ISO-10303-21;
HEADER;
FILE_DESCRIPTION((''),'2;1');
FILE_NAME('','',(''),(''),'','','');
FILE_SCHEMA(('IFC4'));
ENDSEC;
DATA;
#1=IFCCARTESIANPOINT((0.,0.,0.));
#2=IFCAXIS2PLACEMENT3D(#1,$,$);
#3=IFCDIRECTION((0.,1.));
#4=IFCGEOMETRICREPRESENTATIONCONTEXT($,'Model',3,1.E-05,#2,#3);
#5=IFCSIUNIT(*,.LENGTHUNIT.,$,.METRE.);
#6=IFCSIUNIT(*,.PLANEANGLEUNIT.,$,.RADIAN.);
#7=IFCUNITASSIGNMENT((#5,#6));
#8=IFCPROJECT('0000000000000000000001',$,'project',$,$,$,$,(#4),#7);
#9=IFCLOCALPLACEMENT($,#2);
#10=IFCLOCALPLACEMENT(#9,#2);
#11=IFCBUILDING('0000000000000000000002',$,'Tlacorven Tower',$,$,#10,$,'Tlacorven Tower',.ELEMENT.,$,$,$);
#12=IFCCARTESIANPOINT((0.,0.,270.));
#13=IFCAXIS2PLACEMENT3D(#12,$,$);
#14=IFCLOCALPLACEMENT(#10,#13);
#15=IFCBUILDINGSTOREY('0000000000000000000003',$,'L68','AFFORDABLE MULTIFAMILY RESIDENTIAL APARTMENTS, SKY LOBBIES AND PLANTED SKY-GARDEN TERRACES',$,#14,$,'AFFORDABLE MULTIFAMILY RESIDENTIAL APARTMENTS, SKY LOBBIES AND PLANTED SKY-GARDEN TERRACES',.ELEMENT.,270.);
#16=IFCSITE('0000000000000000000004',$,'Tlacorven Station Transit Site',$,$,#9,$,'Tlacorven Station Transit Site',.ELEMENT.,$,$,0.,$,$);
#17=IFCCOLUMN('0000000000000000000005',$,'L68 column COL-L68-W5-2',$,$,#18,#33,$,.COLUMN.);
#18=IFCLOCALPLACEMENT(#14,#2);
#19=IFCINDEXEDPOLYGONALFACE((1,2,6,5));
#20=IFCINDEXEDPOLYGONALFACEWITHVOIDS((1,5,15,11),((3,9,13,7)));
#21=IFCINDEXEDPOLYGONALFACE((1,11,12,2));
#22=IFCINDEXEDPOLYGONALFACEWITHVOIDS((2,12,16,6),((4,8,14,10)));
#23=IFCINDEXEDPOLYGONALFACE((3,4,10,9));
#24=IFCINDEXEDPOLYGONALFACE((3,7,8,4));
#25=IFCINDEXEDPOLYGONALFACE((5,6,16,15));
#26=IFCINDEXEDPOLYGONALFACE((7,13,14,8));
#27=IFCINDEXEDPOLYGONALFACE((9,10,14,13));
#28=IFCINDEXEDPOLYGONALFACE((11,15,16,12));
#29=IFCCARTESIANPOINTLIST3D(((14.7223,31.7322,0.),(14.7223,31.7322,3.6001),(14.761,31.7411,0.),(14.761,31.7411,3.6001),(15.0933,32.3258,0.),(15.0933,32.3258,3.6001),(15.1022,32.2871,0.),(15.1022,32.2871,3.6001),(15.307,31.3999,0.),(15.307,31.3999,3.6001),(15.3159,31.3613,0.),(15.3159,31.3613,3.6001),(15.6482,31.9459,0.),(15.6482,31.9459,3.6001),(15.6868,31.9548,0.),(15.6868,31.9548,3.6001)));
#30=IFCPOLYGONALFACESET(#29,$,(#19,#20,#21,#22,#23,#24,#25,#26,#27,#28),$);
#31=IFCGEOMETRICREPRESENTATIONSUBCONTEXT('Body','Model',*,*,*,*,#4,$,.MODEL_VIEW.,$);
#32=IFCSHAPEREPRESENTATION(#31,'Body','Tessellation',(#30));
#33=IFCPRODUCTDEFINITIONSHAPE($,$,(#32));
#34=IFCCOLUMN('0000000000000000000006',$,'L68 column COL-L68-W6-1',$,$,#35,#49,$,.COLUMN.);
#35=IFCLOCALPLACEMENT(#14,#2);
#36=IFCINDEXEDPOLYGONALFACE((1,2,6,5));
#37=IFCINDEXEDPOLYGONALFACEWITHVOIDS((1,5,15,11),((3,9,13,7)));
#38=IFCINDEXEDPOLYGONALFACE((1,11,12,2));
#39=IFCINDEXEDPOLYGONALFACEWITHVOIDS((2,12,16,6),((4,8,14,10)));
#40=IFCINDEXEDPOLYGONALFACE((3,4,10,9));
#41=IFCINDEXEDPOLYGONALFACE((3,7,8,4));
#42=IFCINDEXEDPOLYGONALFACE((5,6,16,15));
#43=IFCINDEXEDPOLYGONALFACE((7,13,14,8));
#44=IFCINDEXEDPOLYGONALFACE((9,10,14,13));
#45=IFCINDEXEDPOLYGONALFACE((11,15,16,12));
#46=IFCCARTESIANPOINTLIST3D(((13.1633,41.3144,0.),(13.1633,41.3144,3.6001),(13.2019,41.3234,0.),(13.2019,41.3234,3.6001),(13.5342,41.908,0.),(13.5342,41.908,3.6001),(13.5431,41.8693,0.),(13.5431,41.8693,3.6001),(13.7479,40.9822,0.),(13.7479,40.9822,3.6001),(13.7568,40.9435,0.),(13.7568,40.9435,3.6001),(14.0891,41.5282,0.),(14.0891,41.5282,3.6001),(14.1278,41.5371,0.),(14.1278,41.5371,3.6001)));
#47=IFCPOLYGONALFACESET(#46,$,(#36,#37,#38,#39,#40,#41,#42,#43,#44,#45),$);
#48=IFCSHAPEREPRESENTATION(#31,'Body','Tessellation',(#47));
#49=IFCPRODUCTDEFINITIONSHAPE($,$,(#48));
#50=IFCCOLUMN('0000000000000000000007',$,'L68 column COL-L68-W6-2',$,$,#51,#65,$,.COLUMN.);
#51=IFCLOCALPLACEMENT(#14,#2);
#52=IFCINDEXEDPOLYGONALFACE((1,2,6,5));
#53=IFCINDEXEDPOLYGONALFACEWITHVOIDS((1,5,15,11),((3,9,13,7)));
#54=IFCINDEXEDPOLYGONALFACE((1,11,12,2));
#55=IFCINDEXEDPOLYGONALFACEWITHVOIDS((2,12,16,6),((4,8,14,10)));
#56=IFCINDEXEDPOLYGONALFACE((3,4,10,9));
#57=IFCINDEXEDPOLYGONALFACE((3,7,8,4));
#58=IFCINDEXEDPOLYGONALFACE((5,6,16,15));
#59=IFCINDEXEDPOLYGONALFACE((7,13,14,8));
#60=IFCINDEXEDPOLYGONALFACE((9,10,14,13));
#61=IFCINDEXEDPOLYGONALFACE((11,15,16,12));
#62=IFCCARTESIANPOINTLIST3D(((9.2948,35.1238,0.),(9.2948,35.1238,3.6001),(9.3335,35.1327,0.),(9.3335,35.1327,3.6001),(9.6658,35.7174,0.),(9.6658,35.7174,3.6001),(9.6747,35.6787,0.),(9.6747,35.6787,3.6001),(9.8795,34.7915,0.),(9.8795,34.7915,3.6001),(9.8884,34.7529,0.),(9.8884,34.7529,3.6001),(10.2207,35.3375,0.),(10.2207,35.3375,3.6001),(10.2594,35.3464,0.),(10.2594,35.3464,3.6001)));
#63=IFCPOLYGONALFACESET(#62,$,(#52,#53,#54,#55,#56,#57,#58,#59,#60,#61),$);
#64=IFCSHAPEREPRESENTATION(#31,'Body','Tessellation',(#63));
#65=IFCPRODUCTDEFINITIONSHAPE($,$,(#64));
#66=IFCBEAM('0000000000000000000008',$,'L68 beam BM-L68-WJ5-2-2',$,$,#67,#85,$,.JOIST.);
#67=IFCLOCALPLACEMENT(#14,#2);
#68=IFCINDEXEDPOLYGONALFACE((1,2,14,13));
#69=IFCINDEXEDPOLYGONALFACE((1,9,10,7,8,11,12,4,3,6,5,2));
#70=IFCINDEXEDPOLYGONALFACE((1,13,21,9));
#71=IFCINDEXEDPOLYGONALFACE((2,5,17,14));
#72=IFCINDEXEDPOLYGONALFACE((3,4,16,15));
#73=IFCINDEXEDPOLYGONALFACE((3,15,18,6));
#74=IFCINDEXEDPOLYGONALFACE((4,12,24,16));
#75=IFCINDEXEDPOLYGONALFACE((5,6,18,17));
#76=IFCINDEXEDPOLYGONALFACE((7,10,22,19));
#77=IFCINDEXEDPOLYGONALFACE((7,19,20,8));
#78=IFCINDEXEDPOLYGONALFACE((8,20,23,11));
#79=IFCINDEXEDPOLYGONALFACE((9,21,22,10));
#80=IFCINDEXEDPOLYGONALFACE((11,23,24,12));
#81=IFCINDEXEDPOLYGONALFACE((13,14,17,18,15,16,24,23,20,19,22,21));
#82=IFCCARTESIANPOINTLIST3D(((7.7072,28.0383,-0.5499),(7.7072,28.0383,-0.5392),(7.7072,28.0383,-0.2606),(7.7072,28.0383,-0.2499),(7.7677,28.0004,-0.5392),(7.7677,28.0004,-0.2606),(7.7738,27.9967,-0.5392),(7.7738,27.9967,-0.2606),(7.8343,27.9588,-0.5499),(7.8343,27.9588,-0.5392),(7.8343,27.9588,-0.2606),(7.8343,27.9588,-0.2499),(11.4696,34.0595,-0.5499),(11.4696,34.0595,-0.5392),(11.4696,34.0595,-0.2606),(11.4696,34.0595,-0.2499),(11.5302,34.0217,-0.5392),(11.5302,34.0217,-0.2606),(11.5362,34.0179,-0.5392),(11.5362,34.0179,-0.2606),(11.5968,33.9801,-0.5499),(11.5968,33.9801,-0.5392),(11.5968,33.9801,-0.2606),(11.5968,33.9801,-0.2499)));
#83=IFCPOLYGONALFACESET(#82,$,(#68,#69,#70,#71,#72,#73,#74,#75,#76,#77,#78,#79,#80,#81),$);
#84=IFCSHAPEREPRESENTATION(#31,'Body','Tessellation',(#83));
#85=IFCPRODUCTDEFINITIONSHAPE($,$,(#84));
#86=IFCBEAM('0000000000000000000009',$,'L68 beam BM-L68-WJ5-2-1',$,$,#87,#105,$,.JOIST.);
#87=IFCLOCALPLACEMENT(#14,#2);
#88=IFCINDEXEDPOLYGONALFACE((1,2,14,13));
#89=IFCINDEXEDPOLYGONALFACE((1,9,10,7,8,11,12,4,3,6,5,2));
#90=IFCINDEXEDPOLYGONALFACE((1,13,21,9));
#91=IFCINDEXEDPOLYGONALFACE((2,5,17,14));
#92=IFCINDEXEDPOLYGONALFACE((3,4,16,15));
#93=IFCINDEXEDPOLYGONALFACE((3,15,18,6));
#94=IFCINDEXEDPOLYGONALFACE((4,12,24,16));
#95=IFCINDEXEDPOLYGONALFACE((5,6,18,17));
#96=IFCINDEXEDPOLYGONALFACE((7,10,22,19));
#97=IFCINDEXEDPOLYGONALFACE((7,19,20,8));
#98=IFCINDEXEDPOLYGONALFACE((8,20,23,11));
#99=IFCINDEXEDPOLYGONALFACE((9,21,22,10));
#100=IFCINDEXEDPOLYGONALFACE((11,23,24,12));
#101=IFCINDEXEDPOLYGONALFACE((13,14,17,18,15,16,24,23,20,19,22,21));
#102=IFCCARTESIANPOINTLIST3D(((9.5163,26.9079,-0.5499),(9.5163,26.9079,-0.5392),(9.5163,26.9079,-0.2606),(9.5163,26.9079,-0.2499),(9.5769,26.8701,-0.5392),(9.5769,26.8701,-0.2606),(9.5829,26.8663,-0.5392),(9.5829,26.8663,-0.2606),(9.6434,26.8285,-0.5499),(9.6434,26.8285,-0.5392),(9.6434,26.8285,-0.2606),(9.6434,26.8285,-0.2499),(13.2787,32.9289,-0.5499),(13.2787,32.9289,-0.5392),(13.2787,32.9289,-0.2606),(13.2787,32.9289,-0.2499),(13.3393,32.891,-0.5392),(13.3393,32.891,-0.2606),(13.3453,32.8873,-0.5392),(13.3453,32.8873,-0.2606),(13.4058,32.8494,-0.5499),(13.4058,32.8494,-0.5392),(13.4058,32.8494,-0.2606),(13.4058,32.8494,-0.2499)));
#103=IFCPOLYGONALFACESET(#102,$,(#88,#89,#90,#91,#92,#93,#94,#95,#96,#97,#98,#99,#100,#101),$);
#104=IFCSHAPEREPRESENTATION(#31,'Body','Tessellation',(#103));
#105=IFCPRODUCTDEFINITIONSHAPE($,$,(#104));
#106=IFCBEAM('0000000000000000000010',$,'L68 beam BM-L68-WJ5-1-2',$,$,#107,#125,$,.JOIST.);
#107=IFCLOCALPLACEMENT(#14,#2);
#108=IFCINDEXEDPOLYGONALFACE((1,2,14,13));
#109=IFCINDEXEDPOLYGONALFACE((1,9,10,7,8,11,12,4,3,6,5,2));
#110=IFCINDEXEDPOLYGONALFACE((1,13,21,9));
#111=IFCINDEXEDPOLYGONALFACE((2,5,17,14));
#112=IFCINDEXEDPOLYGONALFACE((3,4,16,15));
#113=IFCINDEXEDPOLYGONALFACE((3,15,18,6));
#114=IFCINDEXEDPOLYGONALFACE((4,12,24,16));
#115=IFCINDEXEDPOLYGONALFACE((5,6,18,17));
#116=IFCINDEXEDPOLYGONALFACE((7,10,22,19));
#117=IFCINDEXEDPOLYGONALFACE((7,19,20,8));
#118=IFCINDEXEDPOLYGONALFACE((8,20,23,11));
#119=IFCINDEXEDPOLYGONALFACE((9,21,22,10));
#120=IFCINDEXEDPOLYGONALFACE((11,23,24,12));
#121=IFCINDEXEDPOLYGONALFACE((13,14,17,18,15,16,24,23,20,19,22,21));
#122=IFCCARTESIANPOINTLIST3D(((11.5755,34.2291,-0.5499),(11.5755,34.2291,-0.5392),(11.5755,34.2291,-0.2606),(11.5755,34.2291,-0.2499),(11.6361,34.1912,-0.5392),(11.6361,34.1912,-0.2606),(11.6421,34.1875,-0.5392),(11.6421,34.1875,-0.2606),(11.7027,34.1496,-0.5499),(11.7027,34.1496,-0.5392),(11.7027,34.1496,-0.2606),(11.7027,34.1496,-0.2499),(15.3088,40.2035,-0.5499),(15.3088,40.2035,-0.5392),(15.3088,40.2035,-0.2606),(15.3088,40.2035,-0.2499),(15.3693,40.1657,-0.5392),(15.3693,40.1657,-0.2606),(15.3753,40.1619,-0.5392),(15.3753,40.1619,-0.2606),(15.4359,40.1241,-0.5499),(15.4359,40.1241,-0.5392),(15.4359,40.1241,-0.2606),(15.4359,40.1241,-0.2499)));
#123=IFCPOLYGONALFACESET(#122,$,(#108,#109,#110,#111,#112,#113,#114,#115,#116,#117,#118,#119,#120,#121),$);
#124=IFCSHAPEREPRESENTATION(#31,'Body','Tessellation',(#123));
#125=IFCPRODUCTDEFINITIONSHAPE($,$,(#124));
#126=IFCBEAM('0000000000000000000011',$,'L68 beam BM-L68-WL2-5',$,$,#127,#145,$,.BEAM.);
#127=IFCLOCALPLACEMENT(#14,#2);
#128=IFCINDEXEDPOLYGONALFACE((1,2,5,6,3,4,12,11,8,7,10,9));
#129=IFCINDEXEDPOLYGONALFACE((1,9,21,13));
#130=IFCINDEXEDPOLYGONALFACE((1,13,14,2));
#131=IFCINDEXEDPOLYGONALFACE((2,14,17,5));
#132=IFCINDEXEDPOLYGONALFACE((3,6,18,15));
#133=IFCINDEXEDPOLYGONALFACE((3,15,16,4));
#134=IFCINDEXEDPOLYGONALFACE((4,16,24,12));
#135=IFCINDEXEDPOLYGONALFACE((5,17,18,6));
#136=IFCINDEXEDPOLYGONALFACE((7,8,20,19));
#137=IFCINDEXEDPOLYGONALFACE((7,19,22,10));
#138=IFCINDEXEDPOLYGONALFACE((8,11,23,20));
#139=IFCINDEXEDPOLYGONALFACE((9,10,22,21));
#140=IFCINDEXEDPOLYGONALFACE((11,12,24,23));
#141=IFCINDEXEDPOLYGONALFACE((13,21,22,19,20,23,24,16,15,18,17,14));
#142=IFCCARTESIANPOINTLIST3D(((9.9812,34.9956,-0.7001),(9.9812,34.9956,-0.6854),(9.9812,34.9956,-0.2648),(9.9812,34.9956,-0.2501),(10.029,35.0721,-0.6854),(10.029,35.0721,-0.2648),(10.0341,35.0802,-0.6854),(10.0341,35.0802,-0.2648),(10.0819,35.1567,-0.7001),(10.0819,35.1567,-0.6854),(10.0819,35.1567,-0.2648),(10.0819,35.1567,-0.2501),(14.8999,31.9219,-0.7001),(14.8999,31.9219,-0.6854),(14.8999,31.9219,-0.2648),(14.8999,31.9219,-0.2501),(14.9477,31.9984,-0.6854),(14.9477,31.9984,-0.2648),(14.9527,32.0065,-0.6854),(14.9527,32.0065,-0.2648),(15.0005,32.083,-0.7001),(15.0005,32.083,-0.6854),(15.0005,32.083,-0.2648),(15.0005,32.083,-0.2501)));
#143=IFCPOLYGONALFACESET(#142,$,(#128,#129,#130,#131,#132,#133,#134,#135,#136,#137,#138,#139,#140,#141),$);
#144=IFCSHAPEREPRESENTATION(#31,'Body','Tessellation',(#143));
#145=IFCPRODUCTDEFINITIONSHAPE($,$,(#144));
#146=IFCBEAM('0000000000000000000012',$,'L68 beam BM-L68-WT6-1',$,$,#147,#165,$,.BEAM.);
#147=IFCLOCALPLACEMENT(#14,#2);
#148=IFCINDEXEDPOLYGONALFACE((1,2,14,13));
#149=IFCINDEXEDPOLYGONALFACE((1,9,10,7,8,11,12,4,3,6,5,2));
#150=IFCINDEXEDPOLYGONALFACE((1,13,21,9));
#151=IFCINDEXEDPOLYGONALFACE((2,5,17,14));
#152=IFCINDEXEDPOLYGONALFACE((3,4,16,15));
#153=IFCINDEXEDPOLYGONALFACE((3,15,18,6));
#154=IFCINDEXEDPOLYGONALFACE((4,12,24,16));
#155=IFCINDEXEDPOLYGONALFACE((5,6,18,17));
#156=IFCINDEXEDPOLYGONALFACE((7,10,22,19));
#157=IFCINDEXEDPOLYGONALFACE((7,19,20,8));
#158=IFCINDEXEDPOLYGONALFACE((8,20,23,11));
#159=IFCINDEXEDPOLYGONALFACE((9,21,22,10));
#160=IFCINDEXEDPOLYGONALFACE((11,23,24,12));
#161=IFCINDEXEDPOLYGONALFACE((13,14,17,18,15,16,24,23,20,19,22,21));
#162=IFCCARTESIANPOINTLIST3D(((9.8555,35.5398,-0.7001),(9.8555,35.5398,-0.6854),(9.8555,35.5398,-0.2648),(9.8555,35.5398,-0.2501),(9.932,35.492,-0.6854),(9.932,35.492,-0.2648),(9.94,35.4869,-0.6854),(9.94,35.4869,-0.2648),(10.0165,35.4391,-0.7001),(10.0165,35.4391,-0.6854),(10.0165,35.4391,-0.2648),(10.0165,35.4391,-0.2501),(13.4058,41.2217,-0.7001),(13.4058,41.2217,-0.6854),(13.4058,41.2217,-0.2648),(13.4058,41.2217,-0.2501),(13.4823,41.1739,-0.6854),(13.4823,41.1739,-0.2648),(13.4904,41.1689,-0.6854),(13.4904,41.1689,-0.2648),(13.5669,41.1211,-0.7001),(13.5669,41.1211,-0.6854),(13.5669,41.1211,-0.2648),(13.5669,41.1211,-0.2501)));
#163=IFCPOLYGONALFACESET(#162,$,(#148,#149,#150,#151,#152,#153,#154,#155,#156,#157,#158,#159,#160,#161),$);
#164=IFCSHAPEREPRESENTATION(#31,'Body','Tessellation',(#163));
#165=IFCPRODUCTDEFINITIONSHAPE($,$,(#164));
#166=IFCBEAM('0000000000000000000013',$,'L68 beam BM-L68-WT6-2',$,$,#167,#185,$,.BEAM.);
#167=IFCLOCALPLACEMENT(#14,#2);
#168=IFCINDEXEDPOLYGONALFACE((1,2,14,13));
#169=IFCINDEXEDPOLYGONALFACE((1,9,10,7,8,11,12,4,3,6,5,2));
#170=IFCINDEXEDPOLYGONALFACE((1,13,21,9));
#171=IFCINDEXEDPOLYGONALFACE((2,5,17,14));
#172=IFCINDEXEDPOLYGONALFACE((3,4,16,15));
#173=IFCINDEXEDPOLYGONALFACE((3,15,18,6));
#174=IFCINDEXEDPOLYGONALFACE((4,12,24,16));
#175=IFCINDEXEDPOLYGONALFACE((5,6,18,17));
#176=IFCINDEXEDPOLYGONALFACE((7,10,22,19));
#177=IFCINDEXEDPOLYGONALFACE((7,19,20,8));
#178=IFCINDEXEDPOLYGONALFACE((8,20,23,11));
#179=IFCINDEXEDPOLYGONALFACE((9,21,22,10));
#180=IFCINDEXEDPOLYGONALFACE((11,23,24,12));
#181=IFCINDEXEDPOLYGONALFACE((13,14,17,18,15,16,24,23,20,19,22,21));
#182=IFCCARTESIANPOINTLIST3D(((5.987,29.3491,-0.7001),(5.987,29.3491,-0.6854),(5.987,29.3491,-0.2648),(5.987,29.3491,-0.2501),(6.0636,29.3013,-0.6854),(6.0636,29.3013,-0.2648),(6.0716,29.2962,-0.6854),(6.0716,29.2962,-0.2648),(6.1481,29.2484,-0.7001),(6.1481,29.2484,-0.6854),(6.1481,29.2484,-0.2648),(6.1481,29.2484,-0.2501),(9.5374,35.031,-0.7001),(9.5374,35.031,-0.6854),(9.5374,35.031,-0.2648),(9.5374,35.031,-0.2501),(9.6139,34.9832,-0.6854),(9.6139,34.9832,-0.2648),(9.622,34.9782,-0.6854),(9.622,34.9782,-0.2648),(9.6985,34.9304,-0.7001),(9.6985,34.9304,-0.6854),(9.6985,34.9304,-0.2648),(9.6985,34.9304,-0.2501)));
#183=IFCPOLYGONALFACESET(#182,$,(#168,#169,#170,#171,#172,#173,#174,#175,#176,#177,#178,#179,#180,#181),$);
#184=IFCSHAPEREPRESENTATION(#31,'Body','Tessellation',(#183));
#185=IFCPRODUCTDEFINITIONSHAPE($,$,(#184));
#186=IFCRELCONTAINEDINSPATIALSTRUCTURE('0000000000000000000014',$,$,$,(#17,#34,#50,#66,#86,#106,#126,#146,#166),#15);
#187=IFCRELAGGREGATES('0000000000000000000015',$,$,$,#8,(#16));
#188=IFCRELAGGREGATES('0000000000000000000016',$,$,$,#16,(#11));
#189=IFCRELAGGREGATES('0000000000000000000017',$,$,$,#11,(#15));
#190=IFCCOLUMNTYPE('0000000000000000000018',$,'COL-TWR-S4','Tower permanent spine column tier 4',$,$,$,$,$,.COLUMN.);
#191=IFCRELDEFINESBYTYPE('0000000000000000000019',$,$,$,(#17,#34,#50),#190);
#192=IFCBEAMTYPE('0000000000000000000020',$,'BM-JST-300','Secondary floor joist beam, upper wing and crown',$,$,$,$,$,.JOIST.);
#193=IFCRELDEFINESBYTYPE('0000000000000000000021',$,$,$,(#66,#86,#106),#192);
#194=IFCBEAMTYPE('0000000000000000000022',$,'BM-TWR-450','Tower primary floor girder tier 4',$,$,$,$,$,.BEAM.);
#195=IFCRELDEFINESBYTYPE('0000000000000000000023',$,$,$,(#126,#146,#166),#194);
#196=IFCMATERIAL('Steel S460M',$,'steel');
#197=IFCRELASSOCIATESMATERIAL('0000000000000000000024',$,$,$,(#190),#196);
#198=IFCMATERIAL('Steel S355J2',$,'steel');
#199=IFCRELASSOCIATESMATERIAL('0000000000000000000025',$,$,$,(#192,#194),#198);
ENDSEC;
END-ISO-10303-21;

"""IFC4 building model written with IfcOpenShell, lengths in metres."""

from ifc_helpers import new_model, si_unit, direction, frame, origin, origin_2d, place, context, subcontext, project, spatial, hollow_rectangle, i_section, extrude, source, transform, mapped, material, material_profile, profile_set, type_object, element, save


model = new_model("IFC4")

# Units and contexts
model_context = context("Model", 3, precision=1e-05, world=origin(), true_north=direction((0.0, 1.0)))
body_context = subcontext(model_context, "Body", "Model", "MODEL_VIEW")
ifc_project = project(units=[si_unit("LENGTHUNIT", "METRE"), si_unit("PLANEANGLEUNIT", "RADIAN")], contexts=[model_context])

# Site, building, storey
site_placement = place(None, origin())
site = spatial("IfcSite", under=ifc_project, at=site_placement, Name="Tlacorven Station Transit Site", LongName="Tlacorven Station Transit Site", CompositionType="ELEMENT", RefElevation=0.0)
building_placement = place(site_placement, origin())
building = spatial("IfcBuilding", under=site, at=building_placement, Name="Tlacorven Tower", LongName="Tlacorven Tower", CompositionType="ELEMENT")
storey_placement = place(building_placement, frame((0.0, 0.0, 270.0)))
storey = spatial("IfcBuildingStorey", under=building, at=storey_placement, Name="L68", Description="AFFORDABLE MULTIFAMILY RESIDENTIAL APARTMENTS, SKY LOBBIES AND PLANTED SKY-GARDEN TERRACES", LongName="AFFORDABLE MULTIFAMILY RESIDENTIAL APARTMENTS, SKY LOBBIES AND PLANTED SKY-GARDEN TERRACES", CompositionType="ELEMENT", Elevation=270.0)

# Columns
ifc_material_1 = material(Name="Steel S460M", Category="steel")
ifc_material_profile_1 = material_profile(ifc_material_1, hollow_rectangle(XDim=0.7, YDim=0.7, WallThickness=0.0281, at=origin_2d()), Name="BOX 700X700X28")
ifc_profile_set_1 = profile_set([ifc_material_profile_1], Name="Steel S460M")
column_type = type_object("IfcColumnType", Name="COL-TWR-S4", Description="Tower permanent spine column tier 4", PredefinedType="COLUMN", material=ifc_profile_set_1)
shared_shape_1 = source(origin(), body_context, "Body", "SweptSolid", [
    extrude(hollow_rectangle(XDim=0.7, YDim=0.7, WallThickness=0.0281, at=origin_2d()), origin(), (0.0, 0.0, 1.0), 3.6001),
])
for number, where, z_axis, x_axis, name in (
    (1, (15.2046, 31.8435, 0.0), (0.0, 0.0, 1.0), (-0.848048, 0.529919, 0.0), "L68 column COL-L68-W5-2"),
    (2, (13.6455, 41.4258, 0.0), (0.0, 0.0, 1.0), (-0.848048, 0.529919, 0.0), "L68 column COL-L68-W6-1"),
    (3, (9.7771, 35.2351, 0.0), (0.0, 0.0, 1.0), (-0.848048, 0.529919, 0.0), "L68 column COL-L68-W6-2"),
):
    element("IfcColumn", number, at=place(storey_placement, frame(where, z_axis=z_axis, x_axis=x_axis)), inside=storey, type_object=column_type, Name=name, PredefinedType="COLUMN", context=body_context, shape_type="MappedRepresentation", body=[
        mapped(shared_shape_1, transform((0.0, 0.0, 0.0), scale=1.0)),
    ])

# Beams
ifc_material_2 = material(Name="Steel S355J2", Category="steel")
ifc_material_profile_2 = material_profile(ifc_material_2, i_section(OverallWidth=0.1499, OverallDepth=0.3, WebThickness=0.0071, FlangeThickness=0.0107, at=origin_2d()), Name="IPE 300")
ifc_profile_set_2 = profile_set([ifc_material_profile_2], Name="Steel S355J2")
beam_type_1 = type_object("IfcBeamType", Name="BM-JST-300", Description="Secondary floor joist beam, upper wing and crown", PredefinedType="JOIST", material=ifc_profile_set_2)
shared_shape_2 = source(origin(), body_context, "Body", "SweptSolid", [
    extrude(i_section(OverallWidth=0.1499, OverallDepth=0.3, WebThickness=0.0071, FlangeThickness=0.0107, at=origin_2d()), origin(), (0.0, 0.0, 1.0), 7.1001),
])
beam_1_placement = place(storey_placement, frame((11.5332, 34.0198, -0.3999), z_axis=(-0.529915, -0.84805, 0.0), x_axis=(0.84805, -0.529915, 0.0)))
element("IfcBeam", 4, at=beam_1_placement, inside=storey, type_object=beam_type_1, Name="L68 beam BM-L68-WJ5-2-2", PredefinedType="JOIST", context=body_context, shape_type="MappedRepresentation", body=[
    mapped(shared_shape_2, transform((0.0, 0.0, 0.0), scale=1.0)),
])
shared_shape_3 = source(origin(), body_context, "Body", "SweptSolid", [
    extrude(i_section(OverallWidth=0.1499, OverallDepth=0.3, WebThickness=0.0071, FlangeThickness=0.0107, at=origin_2d()), origin(), (0.0, 0.0, 1.0), 7.0999),
])
beam_2_placement = place(storey_placement, frame((13.3423, 32.8892, -0.3999), z_axis=(-0.529931, -0.848041, 0.0), x_axis=(0.848041, -0.529931, 0.0)))
element("IfcBeam", 5, at=beam_2_placement, inside=storey, type_object=beam_type_1, Name="L68 beam BM-L68-WJ5-2-1", PredefinedType="JOIST", context=body_context, shape_type="MappedRepresentation", body=[
    mapped(shared_shape_3, transform((0.0, 0.0, 0.0), scale=1.0)),
])
shared_shape_4 = source(origin(), body_context, "Body", "SweptSolid", [
    extrude(i_section(OverallWidth=0.1499, OverallDepth=0.3, WebThickness=0.0071, FlangeThickness=0.0107, at=origin_2d()), origin(), (0.0, 0.0, 1.0), 7.0449),
])
beam_3_placement = place(storey_placement, frame((15.3723, 40.1638, -0.3999), z_axis=(-0.529915, -0.848051, 0.0), x_axis=(0.848051, -0.529915, 0.0)))
element("IfcBeam", 6, at=beam_3_placement, inside=storey, type_object=beam_type_1, Name="L68 beam BM-L68-WJ5-1-2", PredefinedType="JOIST", context=body_context, shape_type="MappedRepresentation", body=[
    mapped(shared_shape_4, transform((0.0, 0.0, 0.0), scale=1.0)),
])
ifc_material_profile_3 = material_profile(ifc_material_2, i_section(OverallWidth=0.1899, OverallDepth=0.45, WebThickness=0.0095, FlangeThickness=0.0146, at=origin_2d()), Name="IPE 450")
ifc_profile_set_3 = profile_set([ifc_material_profile_3], Name="Steel S355J2")
beam_type_2 = type_object("IfcBeamType", Name="BM-TWR-450", Description="Tower primary floor girder tier 4", PredefinedType="BEAM", material=ifc_profile_set_3)
shared_shape_5 = source(origin(), body_context, "Body", "SweptSolid", [
    extrude(i_section(OverallWidth=0.1899, OverallDepth=0.45, WebThickness=0.0095, FlangeThickness=0.0146, at=origin_2d()), origin(), (0.0, 0.0, 1.0), 5.8),
])
beam_4_placement = place(storey_placement, frame((14.9502, 32.0024, -0.4751), z_axis=(-0.848034, 0.529942, 0.0), x_axis=(-0.529942, -0.848034, 0.0)))
element("IfcBeam", 7, at=beam_4_placement, inside=storey, type_object=beam_type_2, Name="L68 beam BM-L68-WL2-5", PredefinedType="BEAM", context=body_context, shape_type="MappedRepresentation", body=[
    mapped(shared_shape_5, transform((0.0, 0.0, 0.0), scale=1.0)),
])
shared_shape_6 = source(origin(), body_context, "Body", "SweptSolid", [
    extrude(i_section(OverallWidth=0.1899, OverallDepth=0.45, WebThickness=0.0095, FlangeThickness=0.0146, at=origin_2d()), origin(), (0.0, 0.0, 1.0), 6.7),
])
for number, where, z_axis, x_axis, name in (
    (8, (13.4863, 41.1714, -0.4751), (-0.529904, -0.848058, 0.0), (0.848058, -0.529904, 0.0), "L68 beam BM-L68-WT6-1"),
    (9, (9.6179, 34.9807, -0.4751), (-0.529904, -0.848058, 0.0), (0.848058, -0.529904, 0.0), "L68 beam BM-L68-WT6-2"),
):
    element("IfcBeam", number, at=place(storey_placement, frame(where, z_axis=z_axis, x_axis=x_axis)), inside=storey, type_object=beam_type_2, Name=name, PredefinedType="BEAM", context=body_context, shape_type="MappedRepresentation", body=[
        mapped(shared_shape_6, transform((0.0, 0.0, 0.0), scale=1.0)),
    ])

save(model, "model.ifc")
